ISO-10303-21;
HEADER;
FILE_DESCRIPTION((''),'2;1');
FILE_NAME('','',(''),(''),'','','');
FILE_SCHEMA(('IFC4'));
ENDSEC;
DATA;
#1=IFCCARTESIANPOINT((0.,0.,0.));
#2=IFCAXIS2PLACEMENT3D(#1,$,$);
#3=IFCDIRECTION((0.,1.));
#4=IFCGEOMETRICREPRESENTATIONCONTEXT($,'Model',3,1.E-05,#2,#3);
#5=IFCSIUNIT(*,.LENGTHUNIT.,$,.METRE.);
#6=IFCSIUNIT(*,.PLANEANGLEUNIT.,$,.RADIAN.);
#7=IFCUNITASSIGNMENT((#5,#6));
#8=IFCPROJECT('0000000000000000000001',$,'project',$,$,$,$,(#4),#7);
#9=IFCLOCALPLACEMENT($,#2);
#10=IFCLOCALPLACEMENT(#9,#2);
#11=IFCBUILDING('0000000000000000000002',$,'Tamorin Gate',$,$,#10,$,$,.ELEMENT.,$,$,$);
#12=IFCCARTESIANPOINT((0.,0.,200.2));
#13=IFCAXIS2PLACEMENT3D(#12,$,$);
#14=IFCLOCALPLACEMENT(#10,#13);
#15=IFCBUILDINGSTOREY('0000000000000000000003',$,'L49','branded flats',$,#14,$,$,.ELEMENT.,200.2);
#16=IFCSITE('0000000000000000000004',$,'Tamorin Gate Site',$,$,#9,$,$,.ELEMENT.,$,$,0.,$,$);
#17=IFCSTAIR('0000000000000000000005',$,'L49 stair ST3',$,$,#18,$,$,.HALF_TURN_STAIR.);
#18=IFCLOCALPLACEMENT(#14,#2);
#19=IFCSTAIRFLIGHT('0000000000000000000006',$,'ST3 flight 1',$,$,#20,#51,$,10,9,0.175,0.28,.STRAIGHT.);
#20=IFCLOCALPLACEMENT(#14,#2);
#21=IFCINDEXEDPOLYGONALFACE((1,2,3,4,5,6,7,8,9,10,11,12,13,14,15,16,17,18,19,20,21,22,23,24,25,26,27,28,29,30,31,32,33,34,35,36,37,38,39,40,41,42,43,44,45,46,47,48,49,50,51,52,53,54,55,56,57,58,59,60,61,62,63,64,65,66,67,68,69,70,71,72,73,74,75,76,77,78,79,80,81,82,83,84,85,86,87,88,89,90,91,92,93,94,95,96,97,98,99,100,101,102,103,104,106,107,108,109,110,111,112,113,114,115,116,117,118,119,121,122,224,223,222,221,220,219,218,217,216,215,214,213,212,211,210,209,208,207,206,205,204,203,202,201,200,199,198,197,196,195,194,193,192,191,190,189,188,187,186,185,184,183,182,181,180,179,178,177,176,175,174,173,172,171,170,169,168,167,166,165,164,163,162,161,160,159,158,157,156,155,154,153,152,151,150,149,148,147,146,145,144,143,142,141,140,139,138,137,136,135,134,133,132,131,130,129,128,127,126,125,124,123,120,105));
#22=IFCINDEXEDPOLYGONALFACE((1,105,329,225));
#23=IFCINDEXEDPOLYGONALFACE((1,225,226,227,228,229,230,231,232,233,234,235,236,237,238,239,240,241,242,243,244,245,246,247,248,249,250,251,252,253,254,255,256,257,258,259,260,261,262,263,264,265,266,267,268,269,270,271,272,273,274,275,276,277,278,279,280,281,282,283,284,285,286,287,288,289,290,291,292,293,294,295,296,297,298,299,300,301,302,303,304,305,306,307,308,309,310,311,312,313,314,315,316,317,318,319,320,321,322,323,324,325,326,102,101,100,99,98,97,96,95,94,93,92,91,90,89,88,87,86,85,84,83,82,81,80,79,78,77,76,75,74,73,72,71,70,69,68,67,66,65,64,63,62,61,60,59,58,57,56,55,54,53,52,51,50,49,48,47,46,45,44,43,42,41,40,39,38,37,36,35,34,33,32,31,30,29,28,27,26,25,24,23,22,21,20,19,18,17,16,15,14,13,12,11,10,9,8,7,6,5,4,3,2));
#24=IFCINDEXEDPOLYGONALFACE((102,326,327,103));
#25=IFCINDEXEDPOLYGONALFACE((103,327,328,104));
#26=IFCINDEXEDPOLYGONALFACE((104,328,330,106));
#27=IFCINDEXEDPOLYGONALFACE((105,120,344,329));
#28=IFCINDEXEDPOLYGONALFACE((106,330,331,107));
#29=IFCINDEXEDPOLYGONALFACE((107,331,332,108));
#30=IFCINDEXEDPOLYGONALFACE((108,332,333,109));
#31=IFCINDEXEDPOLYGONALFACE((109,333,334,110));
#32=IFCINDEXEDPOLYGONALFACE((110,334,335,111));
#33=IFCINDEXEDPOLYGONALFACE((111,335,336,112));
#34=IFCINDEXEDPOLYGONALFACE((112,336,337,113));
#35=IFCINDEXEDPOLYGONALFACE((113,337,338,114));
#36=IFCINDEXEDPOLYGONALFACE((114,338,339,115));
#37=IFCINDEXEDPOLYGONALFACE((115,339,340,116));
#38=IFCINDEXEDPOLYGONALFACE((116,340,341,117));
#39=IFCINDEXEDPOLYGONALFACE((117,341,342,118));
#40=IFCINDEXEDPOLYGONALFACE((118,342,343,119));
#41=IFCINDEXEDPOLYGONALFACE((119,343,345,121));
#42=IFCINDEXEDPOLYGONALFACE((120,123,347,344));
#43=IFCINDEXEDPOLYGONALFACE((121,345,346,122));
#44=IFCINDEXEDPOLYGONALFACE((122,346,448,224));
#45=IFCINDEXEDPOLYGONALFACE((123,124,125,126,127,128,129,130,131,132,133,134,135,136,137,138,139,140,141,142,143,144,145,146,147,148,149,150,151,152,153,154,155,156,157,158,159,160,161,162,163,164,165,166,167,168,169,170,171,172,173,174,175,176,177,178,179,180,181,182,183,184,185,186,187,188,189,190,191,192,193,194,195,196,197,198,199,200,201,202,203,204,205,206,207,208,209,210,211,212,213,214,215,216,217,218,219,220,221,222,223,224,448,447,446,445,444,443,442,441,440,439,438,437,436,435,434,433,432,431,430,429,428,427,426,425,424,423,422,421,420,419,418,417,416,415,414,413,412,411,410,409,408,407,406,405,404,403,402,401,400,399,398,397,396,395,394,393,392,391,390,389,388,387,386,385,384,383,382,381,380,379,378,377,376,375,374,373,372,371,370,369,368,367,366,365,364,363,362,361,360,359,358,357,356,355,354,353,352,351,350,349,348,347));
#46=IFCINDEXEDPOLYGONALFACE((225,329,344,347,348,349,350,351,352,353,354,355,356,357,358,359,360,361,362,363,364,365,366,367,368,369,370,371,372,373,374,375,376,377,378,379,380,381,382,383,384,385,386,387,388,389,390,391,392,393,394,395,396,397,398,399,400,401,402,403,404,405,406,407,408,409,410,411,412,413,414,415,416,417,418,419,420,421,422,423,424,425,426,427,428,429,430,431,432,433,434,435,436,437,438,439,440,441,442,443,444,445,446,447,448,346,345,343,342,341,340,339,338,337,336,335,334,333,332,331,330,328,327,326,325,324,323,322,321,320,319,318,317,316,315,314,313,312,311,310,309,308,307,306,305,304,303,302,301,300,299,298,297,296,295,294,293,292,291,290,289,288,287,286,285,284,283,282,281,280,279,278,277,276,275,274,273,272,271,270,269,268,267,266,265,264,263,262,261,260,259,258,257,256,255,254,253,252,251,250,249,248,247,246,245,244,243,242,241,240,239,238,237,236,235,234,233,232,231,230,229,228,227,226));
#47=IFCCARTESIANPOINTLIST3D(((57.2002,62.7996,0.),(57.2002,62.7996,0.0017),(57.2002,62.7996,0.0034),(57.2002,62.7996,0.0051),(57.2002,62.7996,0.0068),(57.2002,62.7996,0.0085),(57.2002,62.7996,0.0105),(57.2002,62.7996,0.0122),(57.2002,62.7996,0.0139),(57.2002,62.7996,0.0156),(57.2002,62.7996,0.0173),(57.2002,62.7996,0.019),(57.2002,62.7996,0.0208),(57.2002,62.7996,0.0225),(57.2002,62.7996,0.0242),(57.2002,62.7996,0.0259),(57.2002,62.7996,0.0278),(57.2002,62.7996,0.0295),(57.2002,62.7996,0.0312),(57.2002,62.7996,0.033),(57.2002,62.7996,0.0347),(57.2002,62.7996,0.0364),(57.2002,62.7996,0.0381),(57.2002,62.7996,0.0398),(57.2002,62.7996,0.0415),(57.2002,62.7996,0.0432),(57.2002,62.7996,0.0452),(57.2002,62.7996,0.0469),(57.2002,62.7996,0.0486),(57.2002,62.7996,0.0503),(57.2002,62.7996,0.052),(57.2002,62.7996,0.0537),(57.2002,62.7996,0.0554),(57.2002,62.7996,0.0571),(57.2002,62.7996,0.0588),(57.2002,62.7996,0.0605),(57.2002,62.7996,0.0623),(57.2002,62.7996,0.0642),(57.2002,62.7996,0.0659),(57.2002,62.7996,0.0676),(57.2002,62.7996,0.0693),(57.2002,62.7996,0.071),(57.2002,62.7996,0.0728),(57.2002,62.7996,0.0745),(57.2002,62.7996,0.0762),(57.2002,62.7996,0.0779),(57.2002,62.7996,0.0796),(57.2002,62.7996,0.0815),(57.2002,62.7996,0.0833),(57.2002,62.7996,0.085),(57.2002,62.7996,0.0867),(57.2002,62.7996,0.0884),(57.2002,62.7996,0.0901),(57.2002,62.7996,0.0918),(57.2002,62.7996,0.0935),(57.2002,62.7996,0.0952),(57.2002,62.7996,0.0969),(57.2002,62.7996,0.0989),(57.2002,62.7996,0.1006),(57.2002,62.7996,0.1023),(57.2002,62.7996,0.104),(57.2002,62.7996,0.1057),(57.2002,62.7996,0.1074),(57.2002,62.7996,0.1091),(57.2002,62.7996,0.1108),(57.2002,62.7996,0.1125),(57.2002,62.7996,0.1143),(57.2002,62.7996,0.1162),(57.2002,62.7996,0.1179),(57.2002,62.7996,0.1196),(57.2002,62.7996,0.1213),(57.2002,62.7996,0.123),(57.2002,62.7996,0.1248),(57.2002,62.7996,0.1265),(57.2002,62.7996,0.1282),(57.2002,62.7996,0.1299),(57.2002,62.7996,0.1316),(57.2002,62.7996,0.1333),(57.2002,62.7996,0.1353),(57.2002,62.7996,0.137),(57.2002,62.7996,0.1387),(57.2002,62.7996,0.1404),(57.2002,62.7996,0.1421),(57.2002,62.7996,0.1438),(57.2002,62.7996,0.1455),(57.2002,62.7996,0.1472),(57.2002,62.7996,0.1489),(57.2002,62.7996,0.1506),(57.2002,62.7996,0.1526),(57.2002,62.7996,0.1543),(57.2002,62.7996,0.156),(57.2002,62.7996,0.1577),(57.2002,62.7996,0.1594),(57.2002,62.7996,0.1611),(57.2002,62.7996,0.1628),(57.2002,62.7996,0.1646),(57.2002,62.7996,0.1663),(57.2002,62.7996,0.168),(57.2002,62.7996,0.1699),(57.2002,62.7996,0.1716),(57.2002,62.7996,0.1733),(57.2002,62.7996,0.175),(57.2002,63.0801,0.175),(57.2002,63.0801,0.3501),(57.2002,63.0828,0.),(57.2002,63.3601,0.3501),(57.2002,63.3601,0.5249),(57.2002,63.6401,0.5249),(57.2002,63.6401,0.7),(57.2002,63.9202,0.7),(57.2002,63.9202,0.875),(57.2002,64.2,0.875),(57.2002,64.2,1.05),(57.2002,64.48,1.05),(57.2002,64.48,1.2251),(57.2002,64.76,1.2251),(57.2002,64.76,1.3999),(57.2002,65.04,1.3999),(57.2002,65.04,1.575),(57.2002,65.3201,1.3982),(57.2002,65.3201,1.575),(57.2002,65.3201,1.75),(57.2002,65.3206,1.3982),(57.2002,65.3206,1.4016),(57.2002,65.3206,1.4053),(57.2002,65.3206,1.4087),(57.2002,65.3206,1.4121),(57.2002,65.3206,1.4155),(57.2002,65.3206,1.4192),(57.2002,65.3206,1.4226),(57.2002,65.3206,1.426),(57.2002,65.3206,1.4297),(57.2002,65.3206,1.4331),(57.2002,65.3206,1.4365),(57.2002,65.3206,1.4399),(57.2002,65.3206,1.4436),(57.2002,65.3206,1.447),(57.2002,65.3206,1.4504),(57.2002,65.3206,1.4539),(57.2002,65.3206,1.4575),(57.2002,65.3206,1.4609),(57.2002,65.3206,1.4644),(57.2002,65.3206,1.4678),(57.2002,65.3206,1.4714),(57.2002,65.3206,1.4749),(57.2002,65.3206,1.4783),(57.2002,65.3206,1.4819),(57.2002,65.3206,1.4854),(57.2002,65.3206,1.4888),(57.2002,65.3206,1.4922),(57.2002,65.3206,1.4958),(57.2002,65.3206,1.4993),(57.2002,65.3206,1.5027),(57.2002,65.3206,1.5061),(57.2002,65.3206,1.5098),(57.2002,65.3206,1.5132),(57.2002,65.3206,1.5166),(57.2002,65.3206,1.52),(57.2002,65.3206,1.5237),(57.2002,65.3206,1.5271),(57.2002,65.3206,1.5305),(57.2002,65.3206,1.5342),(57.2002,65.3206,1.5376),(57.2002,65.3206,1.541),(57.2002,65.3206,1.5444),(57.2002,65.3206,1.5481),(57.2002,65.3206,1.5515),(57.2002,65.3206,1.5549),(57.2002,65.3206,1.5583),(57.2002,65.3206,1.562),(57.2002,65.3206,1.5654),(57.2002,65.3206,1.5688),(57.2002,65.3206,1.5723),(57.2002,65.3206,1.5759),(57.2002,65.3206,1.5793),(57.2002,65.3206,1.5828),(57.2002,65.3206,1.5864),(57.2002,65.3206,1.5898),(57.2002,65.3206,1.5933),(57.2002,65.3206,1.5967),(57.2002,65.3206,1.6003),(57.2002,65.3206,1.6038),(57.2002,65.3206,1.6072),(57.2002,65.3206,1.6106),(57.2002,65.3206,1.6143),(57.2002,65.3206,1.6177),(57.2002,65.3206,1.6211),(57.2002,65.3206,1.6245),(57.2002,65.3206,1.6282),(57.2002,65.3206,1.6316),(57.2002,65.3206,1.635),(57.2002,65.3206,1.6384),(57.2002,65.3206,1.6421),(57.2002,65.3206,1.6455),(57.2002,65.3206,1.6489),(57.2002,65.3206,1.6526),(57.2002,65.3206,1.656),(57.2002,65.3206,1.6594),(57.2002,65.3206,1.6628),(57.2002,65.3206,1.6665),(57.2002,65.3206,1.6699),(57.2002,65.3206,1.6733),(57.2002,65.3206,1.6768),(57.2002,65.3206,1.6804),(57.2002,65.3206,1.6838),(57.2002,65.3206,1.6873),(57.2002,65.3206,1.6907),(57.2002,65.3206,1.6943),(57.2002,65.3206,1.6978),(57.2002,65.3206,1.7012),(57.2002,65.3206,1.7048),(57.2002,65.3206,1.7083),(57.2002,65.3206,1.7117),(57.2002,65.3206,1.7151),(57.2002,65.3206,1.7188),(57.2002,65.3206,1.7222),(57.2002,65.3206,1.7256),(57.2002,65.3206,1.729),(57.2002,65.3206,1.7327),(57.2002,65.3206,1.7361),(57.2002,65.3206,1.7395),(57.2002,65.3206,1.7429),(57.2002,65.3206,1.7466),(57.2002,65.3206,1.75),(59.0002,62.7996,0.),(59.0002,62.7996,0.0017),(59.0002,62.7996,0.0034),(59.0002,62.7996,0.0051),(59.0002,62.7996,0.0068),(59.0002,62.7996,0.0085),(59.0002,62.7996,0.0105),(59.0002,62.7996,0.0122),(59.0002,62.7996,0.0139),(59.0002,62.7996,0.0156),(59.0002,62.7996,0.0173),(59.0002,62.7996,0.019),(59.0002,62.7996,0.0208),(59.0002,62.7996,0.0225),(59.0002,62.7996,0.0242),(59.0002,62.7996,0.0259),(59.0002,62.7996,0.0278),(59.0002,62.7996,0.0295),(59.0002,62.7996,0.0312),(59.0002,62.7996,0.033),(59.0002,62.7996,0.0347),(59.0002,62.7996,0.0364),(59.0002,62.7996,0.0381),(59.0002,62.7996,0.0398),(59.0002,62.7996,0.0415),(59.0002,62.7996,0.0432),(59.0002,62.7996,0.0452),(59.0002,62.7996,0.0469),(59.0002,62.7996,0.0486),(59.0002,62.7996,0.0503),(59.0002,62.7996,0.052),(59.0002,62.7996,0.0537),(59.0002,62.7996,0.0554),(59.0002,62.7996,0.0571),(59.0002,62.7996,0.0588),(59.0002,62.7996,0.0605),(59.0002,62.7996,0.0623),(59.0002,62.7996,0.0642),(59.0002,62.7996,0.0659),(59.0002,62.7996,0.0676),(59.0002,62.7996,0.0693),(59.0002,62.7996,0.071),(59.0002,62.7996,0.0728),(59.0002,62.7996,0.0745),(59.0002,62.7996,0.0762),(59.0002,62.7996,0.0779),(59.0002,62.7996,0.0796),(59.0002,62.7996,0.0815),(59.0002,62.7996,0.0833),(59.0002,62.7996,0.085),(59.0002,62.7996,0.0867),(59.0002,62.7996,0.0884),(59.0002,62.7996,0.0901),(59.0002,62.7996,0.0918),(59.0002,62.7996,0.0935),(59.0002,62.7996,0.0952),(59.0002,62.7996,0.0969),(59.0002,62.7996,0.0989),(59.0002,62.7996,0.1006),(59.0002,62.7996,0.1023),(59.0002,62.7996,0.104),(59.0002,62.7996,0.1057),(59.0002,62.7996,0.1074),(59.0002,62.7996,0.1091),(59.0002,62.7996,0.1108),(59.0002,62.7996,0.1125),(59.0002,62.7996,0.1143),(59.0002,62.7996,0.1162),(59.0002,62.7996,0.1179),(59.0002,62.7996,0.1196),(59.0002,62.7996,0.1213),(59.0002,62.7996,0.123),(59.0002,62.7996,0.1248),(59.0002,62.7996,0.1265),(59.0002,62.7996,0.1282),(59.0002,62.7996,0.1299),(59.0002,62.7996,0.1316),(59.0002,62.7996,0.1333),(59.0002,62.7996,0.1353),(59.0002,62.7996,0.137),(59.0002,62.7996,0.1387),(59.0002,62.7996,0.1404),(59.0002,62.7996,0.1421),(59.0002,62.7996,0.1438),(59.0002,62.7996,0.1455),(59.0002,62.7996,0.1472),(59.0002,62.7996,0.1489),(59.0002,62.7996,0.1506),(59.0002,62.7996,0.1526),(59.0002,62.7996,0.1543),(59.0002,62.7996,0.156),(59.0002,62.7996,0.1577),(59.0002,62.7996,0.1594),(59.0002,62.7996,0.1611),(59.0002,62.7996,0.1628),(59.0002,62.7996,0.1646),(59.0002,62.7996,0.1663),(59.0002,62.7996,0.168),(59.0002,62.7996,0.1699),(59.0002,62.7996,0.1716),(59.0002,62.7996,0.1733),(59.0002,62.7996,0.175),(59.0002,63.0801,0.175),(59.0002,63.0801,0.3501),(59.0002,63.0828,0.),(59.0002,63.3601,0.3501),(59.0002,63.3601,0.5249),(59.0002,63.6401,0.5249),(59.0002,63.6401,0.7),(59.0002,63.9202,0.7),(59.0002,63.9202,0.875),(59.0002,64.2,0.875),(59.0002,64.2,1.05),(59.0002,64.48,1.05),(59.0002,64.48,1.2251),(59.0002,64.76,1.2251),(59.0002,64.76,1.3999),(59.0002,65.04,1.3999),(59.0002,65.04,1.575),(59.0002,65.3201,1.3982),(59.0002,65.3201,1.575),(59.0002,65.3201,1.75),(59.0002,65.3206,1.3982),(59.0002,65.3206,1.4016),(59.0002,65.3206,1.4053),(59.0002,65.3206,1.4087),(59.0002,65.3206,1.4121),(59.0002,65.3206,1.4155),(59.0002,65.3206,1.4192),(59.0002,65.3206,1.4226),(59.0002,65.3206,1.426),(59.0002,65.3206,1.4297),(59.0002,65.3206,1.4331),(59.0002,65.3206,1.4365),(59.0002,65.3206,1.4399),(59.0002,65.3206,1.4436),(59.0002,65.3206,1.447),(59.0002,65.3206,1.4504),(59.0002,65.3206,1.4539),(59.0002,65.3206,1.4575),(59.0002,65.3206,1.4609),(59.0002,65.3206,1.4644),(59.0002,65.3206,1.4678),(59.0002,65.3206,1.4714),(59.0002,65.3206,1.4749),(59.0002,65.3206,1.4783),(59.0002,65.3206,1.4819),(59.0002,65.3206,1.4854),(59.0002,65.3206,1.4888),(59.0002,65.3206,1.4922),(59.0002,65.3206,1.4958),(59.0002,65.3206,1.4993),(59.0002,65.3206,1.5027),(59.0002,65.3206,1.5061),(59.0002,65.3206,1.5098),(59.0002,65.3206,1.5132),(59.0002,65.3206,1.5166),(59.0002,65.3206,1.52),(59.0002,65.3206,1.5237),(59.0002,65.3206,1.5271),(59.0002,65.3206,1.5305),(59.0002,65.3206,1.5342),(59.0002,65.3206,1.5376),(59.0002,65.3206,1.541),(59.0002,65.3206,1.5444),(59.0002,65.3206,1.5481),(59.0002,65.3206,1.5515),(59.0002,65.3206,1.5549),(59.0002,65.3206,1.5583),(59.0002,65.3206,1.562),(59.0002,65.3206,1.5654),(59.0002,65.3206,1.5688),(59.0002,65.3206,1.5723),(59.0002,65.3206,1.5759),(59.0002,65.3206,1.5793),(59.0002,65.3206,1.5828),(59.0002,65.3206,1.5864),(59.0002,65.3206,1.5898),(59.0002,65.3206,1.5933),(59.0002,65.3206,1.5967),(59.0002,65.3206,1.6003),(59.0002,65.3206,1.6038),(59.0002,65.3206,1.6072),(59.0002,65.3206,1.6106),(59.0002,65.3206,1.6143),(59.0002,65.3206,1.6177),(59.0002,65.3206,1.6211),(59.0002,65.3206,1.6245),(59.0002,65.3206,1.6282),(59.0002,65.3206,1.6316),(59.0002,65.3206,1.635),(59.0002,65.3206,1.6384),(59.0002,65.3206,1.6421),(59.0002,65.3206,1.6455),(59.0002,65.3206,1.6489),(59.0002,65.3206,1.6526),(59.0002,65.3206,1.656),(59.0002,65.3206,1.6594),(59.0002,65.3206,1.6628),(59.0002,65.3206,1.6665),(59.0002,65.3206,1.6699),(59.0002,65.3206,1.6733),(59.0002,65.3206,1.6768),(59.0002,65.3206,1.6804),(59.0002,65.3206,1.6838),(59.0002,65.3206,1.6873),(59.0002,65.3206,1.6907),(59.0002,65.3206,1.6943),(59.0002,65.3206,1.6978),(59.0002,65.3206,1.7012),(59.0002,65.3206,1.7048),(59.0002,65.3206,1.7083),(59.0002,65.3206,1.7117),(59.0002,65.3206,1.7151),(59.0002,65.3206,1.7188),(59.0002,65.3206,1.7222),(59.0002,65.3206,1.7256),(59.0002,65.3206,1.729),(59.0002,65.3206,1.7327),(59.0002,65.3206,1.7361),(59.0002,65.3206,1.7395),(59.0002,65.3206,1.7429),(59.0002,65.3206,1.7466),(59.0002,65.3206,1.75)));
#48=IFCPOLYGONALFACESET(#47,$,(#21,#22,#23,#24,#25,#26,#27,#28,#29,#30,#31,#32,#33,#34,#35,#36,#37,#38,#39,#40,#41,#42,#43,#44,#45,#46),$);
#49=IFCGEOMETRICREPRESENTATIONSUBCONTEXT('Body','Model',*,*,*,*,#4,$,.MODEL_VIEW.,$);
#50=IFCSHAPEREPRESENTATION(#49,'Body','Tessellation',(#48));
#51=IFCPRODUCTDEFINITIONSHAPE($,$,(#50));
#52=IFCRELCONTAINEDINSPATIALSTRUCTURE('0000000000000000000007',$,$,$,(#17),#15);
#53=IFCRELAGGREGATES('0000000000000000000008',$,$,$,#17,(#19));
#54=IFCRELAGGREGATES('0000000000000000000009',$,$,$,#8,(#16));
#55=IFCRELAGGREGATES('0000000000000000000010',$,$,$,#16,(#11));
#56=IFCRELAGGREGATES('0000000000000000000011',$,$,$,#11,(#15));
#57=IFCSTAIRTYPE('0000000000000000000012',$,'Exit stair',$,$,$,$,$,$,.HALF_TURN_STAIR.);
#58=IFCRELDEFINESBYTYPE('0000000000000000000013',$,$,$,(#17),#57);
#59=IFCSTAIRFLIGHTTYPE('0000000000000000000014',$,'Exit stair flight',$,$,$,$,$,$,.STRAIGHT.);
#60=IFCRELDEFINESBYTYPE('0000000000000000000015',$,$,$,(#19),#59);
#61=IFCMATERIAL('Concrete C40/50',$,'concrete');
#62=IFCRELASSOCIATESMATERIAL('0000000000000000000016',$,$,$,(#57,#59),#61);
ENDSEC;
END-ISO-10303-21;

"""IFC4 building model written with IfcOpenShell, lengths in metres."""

from ifc_helpers import new_model, si_unit, direction, frame, origin, place, context, subcontext, project, spatial, polyline, outline, extrude, material, type_object, element, aggregate, save


model = new_model("IFC4")

# Units and contexts
model_context = context("Model", 3, precision=1e-05, world=origin(), true_north=direction((0.0, 1.0)))
body_context = subcontext(model_context, "Body", "Model", "MODEL_VIEW")
ifc_project = project(units=[si_unit("LENGTHUNIT", "METRE"), si_unit("PLANEANGLEUNIT", "RADIAN")], contexts=[model_context])

# Site, building, storey
site_placement = place(None, origin())
site = spatial("IfcSite", under=ifc_project, at=site_placement, Name="Tamorin Gate Site", CompositionType="ELEMENT", RefElevation=0.0)
building_placement = place(site_placement, origin())
building = spatial("IfcBuilding", under=site, at=building_placement, Name="Tamorin Gate", CompositionType="ELEMENT")
storey_placement = place(building_placement, frame((0.0, 0.0, 200.2)))
storey = spatial("IfcBuildingStorey", under=building, at=storey_placement, Name="L49", Description="branded flats", CompositionType="ELEMENT", Elevation=200.2)

# Shared definitions
ifc_material_1 = material(Name="Concrete C40/50", Category="concrete")

# Stair, stair flight
stair_type = type_object("IfcStairType", Name="Exit stair", PredefinedType="HALF_TURN_STAIR", material=ifc_material_1)
stair_placement = place(storey_placement, origin())
stair = element("IfcStair", 1, at=stair_placement, inside=storey, type_object=stair_type, Name="L49 stair ST3", PredefinedType="HALF_TURN_STAIR")
stair_flight_type = type_object("IfcStairFlightType", Name="Exit stair flight", PredefinedType="STRAIGHT", material=ifc_material_1)
stair_flight_1_placement = place(storey_placement, frame((58.1001, 62.8, 0.0), z_axis=(0.0, 0.0, 1.0), x_axis=(0.0, 1.0, 0.0)))
stair_flight_1 = element("IfcStairFlight", 2, at=stair_flight_1_placement, type_object=stair_flight_type, Name="ST3 flight 1", NumberOfRisers=10, NumberOfTreads=9, PredefinedType="STRAIGHT", RiserHeight=0.175, TreadLength=0.28, context=body_context, shape_type="SweptSolid", body=[
    extrude(outline(polyline([(-0.0005, 0.0), (-0.0005, 0.0017), (-0.0005, 0.0034), (-0.0005, 0.0051), (-0.0005, 0.0068), (-0.0005, 0.0085), (-0.0005, 0.0105), (-0.0005, 0.0122), (-0.0005, 0.0139), (-0.0005, 0.0156), (-0.0005, 0.0173), (-0.0005, 0.019), (-0.0005, 0.0208), (-0.0005, 0.0225), (-0.0005, 0.0242), (-0.0005, 0.0259), (-0.0005, 0.0278), (-0.0005, 0.0295), (-0.0005, 0.0312), (-0.0005, 0.033), (-0.0005, 0.0347), (-0.0005, 0.0364), (-0.0005, 0.0381), (-0.0005, 0.0398), (-0.0005, 0.0415), (-0.0005, 0.0432), (-0.0005, 0.0452), (-0.0005, 0.0469), (-0.0005, 0.0486), (-0.0005, 0.0503), (-0.0005, 0.052), (-0.0005, 0.0537), (-0.0005, 0.0554), (-0.0005, 0.0571), (-0.0005, 0.0588), (-0.0005, 0.0605), (-0.0005, 0.0623), (-0.0005, 0.0642), (-0.0005, 0.0659), (-0.0005, 0.0676), (-0.0005, 0.0693), (-0.0005, 0.071), (-0.0005, 0.0728), (-0.0005, 0.0745), (-0.0005, 0.0762), (-0.0005, 0.0779), (-0.0005, 0.0796), (-0.0005, 0.0815), (-0.0005, 0.0833), (-0.0005, 0.085), (-0.0005, 0.0867), (-0.0005, 0.0884), (-0.0005, 0.0901), (-0.0005, 0.0918), (-0.0005, 0.0935), (-0.0005, 0.0952), (-0.0005, 0.0969), (-0.0005, 0.0989), (-0.0005, 0.1006), (-0.0005, 0.1023), (-0.0005, 0.104), (-0.0005, 0.1057), (-0.0005, 0.1074), (-0.0005, 0.1091), (-0.0005, 0.1108), (-0.0005, 0.1125), (-0.0005, 0.1143), (-0.0005, 0.1162), (-0.0005, 0.1179), (-0.0005, 0.1196), (-0.0005, 0.1213), (-0.0005, 0.123), (-0.0005, 0.1248), (-0.0005, 0.1265), (-0.0005, 0.1282), (-0.0005, 0.1299), (-0.0005, 0.1316), (-0.0005, 0.1333), (-0.0005, 0.1353), (-0.0005, 0.137), (-0.0005, 0.1387), (-0.0005, 0.1404), (-0.0005, 0.1421), (-0.0005, 0.1438), (-0.0005, 0.1455), (-0.0005, 0.1472), (-0.0005, 0.1489), (-0.0005, 0.1506), (-0.0005, 0.1526), (-0.0005, 0.1543), (-0.0005, 0.156), (-0.0005, 0.1577), (-0.0005, 0.1594), (-0.0005, 0.1611), (-0.0005, 0.1628), (-0.0005, 0.1646), (-0.0005, 0.1663), (-0.0005, 0.168), (-0.0005, 0.1699), (-0.0005, 0.1716), (-0.0005, 0.1733), (-0.0005, 0.175), (0.28, 0.175), (0.28, 0.3501), (0.5601, 0.3501), (0.5601, 0.5249), (0.8401, 0.5249), (0.8401, 0.7), (1.1201, 0.7), (1.1201, 0.875), (1.3999, 0.875), (1.3999, 1.05), (1.6799, 1.05), (1.6799, 1.2251), (1.96, 1.2251), (1.96, 1.3999), (2.24, 1.3999), (2.24, 1.575), (2.52, 1.575), (2.52, 1.75), (2.5205, 1.75), (2.5205, 1.7466), (2.5205, 1.7429), (2.5205, 1.7395), (2.5205, 1.7361), (2.5205, 1.7327), (2.5205, 1.729), (2.5205, 1.7256), (2.5205, 1.7222), (2.5205, 1.7188), (2.5205, 1.7151), (2.5205, 1.7117), (2.5205, 1.7083), (2.5205, 1.7048), (2.5205, 1.7012), (2.5205, 1.6978), (2.5205, 1.6943), (2.5205, 1.6907), (2.5205, 1.6873), (2.5205, 1.6838), (2.5205, 1.6804), (2.5205, 1.6768), (2.5205, 1.6733), (2.5205, 1.6699), (2.5205, 1.6665), (2.5205, 1.6628), (2.5205, 1.6594), (2.5205, 1.656), (2.5205, 1.6526), (2.5205, 1.6489), (2.5205, 1.6455), (2.5205, 1.6421), (2.5205, 1.6384), (2.5205, 1.635), (2.5205, 1.6316), (2.5205, 1.6282), (2.5205, 1.6245), (2.5205, 1.6211), (2.5205, 1.6177), (2.5205, 1.6143), (2.5205, 1.6106), (2.5205, 1.6072), (2.5205, 1.6038), (2.5205, 1.6003), (2.5205, 1.5967), (2.5205, 1.5933), (2.5205, 1.5898), (2.5205, 1.5864), (2.5205, 1.5828), (2.5205, 1.5793), (2.5205, 1.5759), (2.5205, 1.5723), (2.5205, 1.5688), (2.5205, 1.5654), (2.5205, 1.562), (2.5205, 1.5583), (2.5205, 1.5549), (2.5205, 1.5515), (2.5205, 1.5481), (2.5205, 1.5444), (2.5205, 1.541), (2.5205, 1.5376), (2.5205, 1.5342), (2.5205, 1.5305), (2.5205, 1.5271), (2.5205, 1.5237), (2.5205, 1.52), (2.5205, 1.5166), (2.5205, 1.5132), (2.5205, 1.5098), (2.5205, 1.5061), (2.5205, 1.5027), (2.5205, 1.4993), (2.5205, 1.4958), (2.5205, 1.4922), (2.5205, 1.4888), (2.5205, 1.4854), (2.5205, 1.4819), (2.5205, 1.4783), (2.5205, 1.4749), (2.5205, 1.4714), (2.5205, 1.4678), (2.5205, 1.4644), (2.5205, 1.4609), (2.5205, 1.4575), (2.5205, 1.4539), (2.5205, 1.4504), (2.5205, 1.447), (2.5205, 1.4436), (2.5205, 1.4399), (2.5205, 1.4365), (2.5205, 1.4331), (2.5205, 1.4297), (2.5205, 1.426), (2.5205, 1.4226), (2.5205, 1.4192), (2.5205, 1.4155), (2.5205, 1.4121), (2.5205, 1.4087), (2.5205, 1.4053), (2.5205, 1.4016), (2.5205, 1.3982), (2.52, 1.3982), (0.2827, 0.0), (-0.0005, 0.0)])), frame((0.0, 0.8999, 0.0), z_axis=(0.0, -1.0, 0.0), x_axis=(1.0, 0.0, 0.0)), (0.0, 0.0, 1.0), 1.8),
])
aggregate(stair, [stair_flight_1])

save(model, "model.ifc")
